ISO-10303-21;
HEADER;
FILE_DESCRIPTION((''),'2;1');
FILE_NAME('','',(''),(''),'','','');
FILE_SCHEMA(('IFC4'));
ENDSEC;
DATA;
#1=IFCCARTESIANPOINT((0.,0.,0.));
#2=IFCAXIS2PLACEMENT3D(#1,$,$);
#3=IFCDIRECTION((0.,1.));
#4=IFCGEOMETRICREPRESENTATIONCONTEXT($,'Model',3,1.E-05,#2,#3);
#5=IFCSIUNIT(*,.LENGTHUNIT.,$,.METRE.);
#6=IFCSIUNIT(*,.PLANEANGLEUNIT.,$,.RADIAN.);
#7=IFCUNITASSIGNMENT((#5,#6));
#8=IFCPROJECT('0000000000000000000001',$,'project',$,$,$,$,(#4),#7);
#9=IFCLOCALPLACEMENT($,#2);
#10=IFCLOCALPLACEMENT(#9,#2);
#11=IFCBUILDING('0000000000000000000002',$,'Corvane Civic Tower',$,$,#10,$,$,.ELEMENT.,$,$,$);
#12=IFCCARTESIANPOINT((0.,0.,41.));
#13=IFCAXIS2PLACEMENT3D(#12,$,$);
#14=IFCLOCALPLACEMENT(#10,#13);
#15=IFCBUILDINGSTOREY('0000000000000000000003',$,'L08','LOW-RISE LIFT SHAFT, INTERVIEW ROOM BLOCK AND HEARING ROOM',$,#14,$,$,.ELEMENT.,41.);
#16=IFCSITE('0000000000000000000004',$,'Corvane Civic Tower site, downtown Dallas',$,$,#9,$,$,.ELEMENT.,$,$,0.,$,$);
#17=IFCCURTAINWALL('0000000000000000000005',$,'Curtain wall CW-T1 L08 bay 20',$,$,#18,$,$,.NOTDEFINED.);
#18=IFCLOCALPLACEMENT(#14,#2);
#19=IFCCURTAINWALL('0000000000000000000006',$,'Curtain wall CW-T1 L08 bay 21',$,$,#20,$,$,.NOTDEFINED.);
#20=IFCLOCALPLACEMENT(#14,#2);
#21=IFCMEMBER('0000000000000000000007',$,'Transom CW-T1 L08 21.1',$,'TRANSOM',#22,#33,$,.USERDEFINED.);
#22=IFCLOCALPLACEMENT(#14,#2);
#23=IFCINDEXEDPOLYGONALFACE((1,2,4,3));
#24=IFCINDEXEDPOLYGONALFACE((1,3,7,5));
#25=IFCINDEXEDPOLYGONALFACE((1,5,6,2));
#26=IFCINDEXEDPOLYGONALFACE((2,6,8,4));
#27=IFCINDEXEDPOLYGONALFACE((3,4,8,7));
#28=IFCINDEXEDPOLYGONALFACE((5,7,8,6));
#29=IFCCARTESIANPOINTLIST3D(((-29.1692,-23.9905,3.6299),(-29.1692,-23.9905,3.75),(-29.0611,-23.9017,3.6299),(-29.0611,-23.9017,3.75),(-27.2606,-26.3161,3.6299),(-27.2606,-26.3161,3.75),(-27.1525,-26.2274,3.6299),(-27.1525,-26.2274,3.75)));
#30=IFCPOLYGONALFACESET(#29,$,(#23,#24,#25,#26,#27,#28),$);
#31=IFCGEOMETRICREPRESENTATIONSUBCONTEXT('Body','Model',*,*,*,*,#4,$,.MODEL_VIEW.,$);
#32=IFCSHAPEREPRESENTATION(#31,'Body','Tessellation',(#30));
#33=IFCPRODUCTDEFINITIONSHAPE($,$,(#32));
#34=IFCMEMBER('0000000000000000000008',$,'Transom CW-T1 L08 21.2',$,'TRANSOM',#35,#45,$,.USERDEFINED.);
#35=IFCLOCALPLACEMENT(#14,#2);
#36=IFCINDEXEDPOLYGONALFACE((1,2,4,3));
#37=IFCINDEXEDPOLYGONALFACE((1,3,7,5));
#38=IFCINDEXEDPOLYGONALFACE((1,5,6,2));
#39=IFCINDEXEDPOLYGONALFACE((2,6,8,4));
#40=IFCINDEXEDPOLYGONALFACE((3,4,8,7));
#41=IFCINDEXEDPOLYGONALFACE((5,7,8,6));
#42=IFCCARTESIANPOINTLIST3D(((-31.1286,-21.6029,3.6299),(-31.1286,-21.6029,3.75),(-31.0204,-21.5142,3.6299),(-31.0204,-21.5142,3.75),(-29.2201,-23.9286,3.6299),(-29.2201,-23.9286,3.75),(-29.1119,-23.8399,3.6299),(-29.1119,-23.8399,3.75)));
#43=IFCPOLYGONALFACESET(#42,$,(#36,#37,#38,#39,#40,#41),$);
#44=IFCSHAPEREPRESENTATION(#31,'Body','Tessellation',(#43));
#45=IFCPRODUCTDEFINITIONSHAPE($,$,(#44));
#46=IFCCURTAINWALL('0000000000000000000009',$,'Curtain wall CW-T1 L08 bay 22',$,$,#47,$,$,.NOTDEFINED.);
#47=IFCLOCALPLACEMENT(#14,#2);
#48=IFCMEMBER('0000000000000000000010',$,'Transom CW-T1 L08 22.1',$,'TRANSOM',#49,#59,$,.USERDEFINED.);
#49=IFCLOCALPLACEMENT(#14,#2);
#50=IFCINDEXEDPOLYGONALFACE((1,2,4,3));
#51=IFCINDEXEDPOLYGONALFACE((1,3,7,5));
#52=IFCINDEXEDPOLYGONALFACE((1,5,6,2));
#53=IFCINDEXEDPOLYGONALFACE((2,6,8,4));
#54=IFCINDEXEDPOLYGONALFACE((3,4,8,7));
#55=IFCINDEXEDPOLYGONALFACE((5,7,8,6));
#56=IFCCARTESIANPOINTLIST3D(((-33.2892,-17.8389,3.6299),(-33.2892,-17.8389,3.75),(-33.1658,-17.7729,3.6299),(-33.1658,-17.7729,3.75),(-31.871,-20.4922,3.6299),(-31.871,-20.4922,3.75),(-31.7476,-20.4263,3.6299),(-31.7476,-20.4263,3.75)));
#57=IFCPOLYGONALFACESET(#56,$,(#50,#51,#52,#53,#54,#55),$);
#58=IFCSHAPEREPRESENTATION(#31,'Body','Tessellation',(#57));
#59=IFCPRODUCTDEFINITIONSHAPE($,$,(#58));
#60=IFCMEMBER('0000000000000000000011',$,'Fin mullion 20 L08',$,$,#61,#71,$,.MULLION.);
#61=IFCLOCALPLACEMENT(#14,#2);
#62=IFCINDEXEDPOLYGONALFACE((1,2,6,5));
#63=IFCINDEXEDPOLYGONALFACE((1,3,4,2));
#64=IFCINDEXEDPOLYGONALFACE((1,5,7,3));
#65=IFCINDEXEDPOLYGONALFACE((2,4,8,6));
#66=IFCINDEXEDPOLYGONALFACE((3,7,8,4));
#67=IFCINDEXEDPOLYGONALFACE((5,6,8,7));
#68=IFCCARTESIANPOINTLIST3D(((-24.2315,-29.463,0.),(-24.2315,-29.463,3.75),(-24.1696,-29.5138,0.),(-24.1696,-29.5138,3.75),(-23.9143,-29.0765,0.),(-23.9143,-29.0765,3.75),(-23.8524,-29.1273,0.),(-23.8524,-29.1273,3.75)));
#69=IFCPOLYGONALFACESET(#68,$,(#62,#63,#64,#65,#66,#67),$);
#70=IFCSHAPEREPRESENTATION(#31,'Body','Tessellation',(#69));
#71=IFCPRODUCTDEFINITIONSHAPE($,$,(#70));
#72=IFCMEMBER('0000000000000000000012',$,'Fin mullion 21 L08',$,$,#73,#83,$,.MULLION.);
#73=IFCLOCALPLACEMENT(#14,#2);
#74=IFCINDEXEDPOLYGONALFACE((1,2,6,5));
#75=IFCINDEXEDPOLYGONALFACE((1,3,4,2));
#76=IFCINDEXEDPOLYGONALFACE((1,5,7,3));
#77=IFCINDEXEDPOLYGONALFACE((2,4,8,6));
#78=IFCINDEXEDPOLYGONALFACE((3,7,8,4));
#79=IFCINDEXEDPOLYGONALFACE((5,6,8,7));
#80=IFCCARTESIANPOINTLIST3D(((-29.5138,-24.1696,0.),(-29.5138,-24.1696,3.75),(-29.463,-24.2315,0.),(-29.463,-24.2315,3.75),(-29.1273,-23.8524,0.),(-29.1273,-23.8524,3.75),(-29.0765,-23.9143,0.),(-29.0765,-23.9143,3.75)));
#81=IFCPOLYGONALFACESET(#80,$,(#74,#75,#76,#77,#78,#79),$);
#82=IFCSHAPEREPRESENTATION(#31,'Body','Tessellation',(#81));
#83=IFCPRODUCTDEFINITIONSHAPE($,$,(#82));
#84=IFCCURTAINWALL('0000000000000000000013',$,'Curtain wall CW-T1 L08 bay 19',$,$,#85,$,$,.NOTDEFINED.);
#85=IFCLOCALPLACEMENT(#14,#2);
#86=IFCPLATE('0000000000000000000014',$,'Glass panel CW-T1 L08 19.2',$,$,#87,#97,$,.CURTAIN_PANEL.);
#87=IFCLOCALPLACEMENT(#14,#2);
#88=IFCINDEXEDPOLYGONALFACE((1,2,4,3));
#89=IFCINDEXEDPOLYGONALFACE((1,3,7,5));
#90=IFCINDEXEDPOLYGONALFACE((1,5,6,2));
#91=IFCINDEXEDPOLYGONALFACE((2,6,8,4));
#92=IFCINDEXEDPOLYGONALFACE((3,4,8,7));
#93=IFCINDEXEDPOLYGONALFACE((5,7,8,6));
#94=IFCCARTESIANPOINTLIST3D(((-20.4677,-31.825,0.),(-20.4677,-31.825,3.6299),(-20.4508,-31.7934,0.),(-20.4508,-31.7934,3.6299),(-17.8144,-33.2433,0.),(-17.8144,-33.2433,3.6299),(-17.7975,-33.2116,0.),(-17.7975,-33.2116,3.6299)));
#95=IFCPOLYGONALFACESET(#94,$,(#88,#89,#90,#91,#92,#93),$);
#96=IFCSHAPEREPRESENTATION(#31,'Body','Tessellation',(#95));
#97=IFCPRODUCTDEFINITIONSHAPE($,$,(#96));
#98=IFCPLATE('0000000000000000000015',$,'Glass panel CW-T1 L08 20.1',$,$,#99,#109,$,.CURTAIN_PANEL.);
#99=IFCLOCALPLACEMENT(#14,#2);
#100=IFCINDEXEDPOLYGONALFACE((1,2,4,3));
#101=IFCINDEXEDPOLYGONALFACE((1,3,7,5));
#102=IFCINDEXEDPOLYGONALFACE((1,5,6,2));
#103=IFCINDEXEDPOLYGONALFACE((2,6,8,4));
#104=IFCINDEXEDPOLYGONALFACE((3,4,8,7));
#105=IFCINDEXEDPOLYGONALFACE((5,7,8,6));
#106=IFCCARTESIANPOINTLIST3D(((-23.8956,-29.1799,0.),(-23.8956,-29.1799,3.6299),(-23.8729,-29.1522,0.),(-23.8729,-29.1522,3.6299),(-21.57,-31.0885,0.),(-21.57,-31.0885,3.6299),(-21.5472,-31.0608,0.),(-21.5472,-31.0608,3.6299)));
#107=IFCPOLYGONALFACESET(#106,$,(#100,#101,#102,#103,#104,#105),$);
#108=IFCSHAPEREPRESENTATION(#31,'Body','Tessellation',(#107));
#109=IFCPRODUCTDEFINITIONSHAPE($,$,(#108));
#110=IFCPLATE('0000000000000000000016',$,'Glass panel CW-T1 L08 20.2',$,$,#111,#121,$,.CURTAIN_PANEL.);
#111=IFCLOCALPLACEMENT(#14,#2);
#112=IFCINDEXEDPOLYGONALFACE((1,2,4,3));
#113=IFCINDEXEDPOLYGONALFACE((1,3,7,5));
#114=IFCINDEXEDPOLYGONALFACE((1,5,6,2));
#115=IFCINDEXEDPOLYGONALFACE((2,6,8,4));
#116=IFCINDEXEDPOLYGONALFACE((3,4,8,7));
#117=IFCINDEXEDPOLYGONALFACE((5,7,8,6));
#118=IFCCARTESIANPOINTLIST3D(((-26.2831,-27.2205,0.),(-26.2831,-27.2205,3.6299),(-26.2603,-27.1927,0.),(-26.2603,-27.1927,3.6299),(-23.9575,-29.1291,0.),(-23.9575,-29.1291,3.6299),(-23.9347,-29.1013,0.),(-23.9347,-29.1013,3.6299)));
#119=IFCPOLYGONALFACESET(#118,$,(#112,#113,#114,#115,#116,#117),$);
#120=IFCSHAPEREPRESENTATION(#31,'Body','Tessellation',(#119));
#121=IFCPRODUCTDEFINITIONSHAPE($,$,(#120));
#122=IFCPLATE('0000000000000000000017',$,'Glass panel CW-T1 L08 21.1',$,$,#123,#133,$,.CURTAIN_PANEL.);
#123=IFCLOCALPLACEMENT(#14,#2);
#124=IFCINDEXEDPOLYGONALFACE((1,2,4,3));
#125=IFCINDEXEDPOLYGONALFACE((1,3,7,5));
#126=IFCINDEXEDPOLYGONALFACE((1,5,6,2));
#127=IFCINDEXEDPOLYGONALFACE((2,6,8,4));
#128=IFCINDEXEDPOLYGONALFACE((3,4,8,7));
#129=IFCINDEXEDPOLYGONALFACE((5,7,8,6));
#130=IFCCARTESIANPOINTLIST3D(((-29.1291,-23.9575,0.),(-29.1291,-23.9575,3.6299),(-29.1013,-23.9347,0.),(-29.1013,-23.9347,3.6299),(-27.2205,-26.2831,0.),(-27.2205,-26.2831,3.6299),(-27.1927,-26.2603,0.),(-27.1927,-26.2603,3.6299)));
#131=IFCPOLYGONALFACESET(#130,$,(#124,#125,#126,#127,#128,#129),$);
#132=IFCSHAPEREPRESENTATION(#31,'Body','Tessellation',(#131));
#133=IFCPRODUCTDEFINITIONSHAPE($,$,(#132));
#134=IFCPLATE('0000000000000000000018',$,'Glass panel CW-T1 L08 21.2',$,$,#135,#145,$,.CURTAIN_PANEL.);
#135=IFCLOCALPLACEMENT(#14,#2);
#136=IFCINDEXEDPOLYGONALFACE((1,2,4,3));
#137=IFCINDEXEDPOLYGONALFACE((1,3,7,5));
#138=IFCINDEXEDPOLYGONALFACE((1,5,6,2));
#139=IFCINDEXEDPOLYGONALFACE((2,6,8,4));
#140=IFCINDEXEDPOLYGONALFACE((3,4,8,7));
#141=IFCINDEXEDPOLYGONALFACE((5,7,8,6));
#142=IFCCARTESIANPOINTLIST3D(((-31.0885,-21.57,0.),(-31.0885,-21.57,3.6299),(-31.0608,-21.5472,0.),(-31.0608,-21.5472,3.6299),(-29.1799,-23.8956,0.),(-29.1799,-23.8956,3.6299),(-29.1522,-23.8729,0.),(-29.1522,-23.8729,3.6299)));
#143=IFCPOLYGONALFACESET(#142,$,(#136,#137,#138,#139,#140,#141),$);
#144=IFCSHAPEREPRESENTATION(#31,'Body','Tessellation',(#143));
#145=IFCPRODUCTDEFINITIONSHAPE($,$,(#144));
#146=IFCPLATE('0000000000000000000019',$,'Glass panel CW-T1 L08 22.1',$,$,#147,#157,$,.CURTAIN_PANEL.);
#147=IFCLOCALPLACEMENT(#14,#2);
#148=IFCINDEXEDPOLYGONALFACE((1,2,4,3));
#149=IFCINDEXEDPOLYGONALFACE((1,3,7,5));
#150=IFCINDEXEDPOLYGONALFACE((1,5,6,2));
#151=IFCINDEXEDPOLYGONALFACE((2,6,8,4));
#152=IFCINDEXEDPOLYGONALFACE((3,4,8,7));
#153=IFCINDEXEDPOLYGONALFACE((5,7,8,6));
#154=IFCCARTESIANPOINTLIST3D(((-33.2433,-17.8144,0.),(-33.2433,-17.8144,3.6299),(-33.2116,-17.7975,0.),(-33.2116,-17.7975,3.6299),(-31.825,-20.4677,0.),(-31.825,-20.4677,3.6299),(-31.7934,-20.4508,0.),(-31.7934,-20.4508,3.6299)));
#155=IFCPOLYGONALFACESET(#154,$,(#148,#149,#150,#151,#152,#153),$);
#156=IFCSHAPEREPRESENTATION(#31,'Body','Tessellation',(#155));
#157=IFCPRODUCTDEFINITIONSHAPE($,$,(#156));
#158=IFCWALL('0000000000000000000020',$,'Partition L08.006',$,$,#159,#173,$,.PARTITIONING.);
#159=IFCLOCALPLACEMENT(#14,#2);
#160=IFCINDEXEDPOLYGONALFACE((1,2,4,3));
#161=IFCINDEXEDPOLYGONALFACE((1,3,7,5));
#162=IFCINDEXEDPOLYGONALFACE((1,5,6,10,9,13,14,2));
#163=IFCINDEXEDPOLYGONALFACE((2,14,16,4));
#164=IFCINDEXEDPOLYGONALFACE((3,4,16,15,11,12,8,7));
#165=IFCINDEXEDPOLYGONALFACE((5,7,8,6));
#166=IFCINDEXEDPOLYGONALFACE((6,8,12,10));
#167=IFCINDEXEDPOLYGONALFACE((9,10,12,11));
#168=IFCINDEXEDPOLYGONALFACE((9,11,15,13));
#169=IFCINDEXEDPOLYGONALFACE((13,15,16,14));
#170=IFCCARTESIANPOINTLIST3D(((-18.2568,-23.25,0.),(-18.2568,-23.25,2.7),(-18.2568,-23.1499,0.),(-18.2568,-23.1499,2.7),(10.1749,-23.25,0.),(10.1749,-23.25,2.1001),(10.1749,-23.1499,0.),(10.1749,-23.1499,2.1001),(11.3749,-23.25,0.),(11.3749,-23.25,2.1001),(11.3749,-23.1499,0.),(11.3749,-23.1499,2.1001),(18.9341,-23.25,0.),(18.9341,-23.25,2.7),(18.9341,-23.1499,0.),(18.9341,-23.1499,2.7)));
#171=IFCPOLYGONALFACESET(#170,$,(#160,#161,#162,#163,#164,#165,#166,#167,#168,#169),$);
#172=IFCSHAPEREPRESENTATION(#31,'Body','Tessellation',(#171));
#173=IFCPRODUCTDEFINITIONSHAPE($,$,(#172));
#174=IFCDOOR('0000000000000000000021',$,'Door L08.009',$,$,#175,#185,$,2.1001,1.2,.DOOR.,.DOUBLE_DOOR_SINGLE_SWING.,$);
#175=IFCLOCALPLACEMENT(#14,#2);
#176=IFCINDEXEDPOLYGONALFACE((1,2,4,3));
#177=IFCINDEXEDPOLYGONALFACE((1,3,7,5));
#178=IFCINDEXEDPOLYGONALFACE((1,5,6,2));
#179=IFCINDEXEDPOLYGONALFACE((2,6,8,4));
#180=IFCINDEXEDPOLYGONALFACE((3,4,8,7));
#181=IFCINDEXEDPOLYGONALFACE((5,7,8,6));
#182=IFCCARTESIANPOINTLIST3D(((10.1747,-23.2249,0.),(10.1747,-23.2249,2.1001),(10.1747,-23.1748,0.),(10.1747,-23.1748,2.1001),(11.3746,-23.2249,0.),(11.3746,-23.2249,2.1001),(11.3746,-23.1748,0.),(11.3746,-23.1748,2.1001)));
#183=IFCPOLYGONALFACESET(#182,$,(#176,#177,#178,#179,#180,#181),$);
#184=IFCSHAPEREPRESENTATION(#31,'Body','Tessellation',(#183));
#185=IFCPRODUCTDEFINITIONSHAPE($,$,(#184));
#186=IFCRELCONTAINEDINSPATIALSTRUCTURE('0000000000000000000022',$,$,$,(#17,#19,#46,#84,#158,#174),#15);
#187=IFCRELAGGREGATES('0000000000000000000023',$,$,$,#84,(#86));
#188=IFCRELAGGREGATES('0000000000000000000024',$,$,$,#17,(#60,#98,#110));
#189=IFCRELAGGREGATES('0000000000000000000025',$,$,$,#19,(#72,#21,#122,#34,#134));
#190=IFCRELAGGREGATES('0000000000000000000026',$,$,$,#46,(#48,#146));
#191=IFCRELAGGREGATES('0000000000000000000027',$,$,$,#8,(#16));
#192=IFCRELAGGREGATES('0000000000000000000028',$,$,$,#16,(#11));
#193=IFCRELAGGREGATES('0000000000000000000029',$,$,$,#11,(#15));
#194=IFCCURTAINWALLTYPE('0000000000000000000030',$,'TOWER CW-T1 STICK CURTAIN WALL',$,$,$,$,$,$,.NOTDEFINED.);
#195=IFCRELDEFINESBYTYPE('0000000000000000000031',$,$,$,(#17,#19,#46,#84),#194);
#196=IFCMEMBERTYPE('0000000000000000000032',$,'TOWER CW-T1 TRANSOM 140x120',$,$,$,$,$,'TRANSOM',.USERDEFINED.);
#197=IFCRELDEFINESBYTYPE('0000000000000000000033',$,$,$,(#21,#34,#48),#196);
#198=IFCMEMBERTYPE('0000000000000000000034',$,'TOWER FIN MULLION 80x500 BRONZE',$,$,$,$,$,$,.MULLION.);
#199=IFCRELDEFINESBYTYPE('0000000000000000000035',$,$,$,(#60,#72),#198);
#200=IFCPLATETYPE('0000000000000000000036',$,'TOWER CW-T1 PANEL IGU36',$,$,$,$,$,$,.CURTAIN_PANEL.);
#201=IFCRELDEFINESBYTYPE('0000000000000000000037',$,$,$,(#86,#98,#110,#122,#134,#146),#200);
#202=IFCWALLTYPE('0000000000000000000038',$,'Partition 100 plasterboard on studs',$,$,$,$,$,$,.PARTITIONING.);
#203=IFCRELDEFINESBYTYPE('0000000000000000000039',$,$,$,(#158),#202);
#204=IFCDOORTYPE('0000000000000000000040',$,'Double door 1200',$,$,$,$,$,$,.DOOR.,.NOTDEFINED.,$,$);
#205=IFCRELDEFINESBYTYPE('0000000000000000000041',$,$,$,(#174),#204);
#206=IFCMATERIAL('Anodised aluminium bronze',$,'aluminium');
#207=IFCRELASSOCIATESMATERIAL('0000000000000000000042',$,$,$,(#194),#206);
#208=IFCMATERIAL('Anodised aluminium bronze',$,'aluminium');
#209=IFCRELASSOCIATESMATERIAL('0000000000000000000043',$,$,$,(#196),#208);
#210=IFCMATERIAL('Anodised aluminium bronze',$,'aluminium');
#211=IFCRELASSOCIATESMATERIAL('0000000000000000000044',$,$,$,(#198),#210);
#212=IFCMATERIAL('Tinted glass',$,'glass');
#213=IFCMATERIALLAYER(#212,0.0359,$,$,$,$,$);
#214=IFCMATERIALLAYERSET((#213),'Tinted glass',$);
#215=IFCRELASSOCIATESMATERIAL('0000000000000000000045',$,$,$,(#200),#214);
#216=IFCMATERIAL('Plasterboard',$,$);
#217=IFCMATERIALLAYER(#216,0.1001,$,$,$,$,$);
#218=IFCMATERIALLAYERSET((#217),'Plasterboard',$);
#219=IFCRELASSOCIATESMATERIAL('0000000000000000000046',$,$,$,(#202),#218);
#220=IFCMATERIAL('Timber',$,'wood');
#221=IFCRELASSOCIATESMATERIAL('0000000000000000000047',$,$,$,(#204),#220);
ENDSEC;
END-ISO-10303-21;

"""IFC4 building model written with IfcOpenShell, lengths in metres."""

from ifc_helpers import new_model, si_unit, direction, frame, frame_2d, origin, origin_2d, place, context, subcontext, project, spatial, rectangle, extrude, material, layer, layer_set, material_profile, profile_set, type_object, element, fill, aggregate, save


model = new_model("IFC4")

# Units and contexts
model_context = context("Model", 3, precision=1e-05, world=origin(), true_north=direction((0.0, 1.0)))
body_context = subcontext(model_context, "Body", "Model", "MODEL_VIEW")
ifc_project = project(units=[si_unit("LENGTHUNIT", "METRE"), si_unit("PLANEANGLEUNIT", "RADIAN")], contexts=[model_context])

# Site, building, storey
site_placement = place(None, origin())
site = spatial("IfcSite", under=ifc_project, at=site_placement, Name="Corvane Civic Tower site, downtown Dallas", CompositionType="ELEMENT", RefElevation=0.0)
building_placement = place(site_placement, origin())
building = spatial("IfcBuilding", under=site, at=building_placement, Name="Corvane Civic Tower", CompositionType="ELEMENT")
storey_placement = place(building_placement, frame((0.0, 0.0, 41.0)))
storey = spatial("IfcBuildingStorey", under=building, at=storey_placement, Name="L08", Description="LOW-RISE LIFT SHAFT, INTERVIEW ROOM BLOCK AND HEARING ROOM", CompositionType="ELEMENT", Elevation=41.0)

# Curtain walls, members
ifc_material_1 = material(Name="Anodised aluminium bronze", Category="aluminium")
curtain_wall_type = type_object("IfcCurtainWallType", Name="TOWER CW-T1 STICK CURTAIN WALL", PredefinedType="NOTDEFINED", material=ifc_material_1)
curtain_wall_1_placement = place(storey_placement, origin())
curtain_wall_1 = element("IfcCurtainWall", 1, at=curtain_wall_1_placement, inside=storey, type_object=curtain_wall_type, Name="Curtain wall CW-T1 L08 bay 20", PredefinedType="NOTDEFINED")
ifc_material_2 = material(Name="Anodised aluminium bronze", Category="aluminium")
ifc_material_profile_1 = material_profile(ifc_material_2, rectangle(XDim=0.1399, YDim=0.1201, at=origin_2d()), Name="TOWER CW-T1 TRANSOM 140x120")
ifc_profile_set_1 = profile_set([ifc_material_profile_1], Name="Anodised aluminium bronze")
member_type_1 = type_object("IfcMemberType", Name="TOWER CW-T1 TRANSOM 140x120", ElementType="TRANSOM", PredefinedType="USERDEFINED", material=ifc_profile_set_1)
curtain_wall_2_placement = place(storey_placement, origin())
curtain_wall_2 = element("IfcCurtainWall", 2, at=curtain_wall_2_placement, inside=storey, type_object=curtain_wall_type, Name="Curtain wall CW-T1 L08 bay 21", PredefinedType="NOTDEFINED")
member_1_placement = place(storey_placement, frame((-27.2065, -26.2717, 3.6899), z_axis=(-0.634404, 0.773002, 0.0), x_axis=(-0.773002, -0.634404, 0.0)))
member_1 = element("IfcMember", 3, at=member_1_placement, type_object=member_type_1, Name="Transom CW-T1 L08 21.1", ObjectType="TRANSOM", PredefinedType="USERDEFINED", context=body_context, shape_type="SweptSolid", body=[
    extrude(rectangle(XDim=0.1399, YDim=0.1201, at=origin_2d()), origin(), (0.0, 0.0, 1.0), 3.0085),
])
member_2_placement = place(storey_placement, frame((-29.166, -23.8843, 3.6899), z_axis=(-0.634355, 0.773042, 0.0), x_axis=(-0.773042, -0.634355, 0.0)))
member_2 = element("IfcMember", 4, at=member_2_placement, type_object=member_type_1, Name="Transom CW-T1 L08 21.2", ObjectType="TRANSOM", PredefinedType="USERDEFINED", context=body_context, shape_type="SweptSolid", body=[
    extrude(rectangle(XDim=0.1399, YDim=0.1201, at=origin_2d()), origin(), (0.0, 0.0, 1.0), 3.0085),
])

# Curtain wall, member
curtain_wall_3_placement = place(storey_placement, origin())
curtain_wall_3 = element("IfcCurtainWall", 5, at=curtain_wall_3_placement, inside=storey, type_object=curtain_wall_type, Name="Curtain wall CW-T1 L08 bay 22", PredefinedType="NOTDEFINED")
member_3_placement = place(storey_placement, frame((-31.8093, -20.4592, 3.6899), z_axis=(-0.471393, 0.881924, 0.0), x_axis=(-0.881924, -0.471393, 0.0)))
member_3 = element("IfcMember", 6, at=member_3_placement, type_object=member_type_1, Name="Transom CW-T1 L08 22.1", ObjectType="TRANSOM", PredefinedType="USERDEFINED", context=body_context, shape_type="SweptSolid", body=[
    extrude(rectangle(XDim=0.1399, YDim=0.1201, at=origin_2d()), origin(), (0.0, 0.0, 1.0), 3.0085),
])

# Members
ifc_material_3 = material(Name="Anodised aluminium bronze", Category="aluminium")
ifc_material_profile_2 = material_profile(ifc_material_3, rectangle(XDim=0.0801, YDim=0.5, at=origin_2d()), Name="TOWER FIN MULLION 80x500 BRONZE")
ifc_profile_set_2 = profile_set([ifc_material_profile_2], Name="Anodised aluminium bronze")
member_type_2 = type_object("IfcMemberType", Name="TOWER FIN MULLION 80x500 BRONZE", PredefinedType="MULLION", material=ifc_profile_set_2)
member_4_placement = place(storey_placement, frame((-24.042, -29.2952, 0.0), z_axis=(0.0, 0.0, 1.0), x_axis=(-0.773007, 0.634397, 0.0)))
member_4 = element("IfcMember", 7, at=member_4_placement, type_object=member_type_2, Name="Fin mullion 20 L08", PredefinedType="MULLION", context=body_context, shape_type="SweptSolid", body=[
    extrude(rectangle(XDim=0.0801, YDim=0.5, at=origin_2d()), origin(), (0.0, 0.0, 1.0), 3.75),
])
member_5_placement = place(storey_placement, frame((-29.2952, -24.042, 0.0), z_axis=(0.0, 0.0, 1.0), x_axis=(-0.634397, 0.773007, 0.0)))
member_5 = element("IfcMember", 8, at=member_5_placement, type_object=member_type_2, Name="Fin mullion 21 L08", PredefinedType="MULLION", context=body_context, shape_type="SweptSolid", body=[
    extrude(rectangle(XDim=0.0801, YDim=0.5, at=origin_2d()), origin(), (0.0, 0.0, 1.0), 3.75),
])

# Curtain wall, plate
curtain_wall_4_placement = place(storey_placement, origin())
curtain_wall_4 = element("IfcCurtainWall", 9, at=curtain_wall_4_placement, inside=storey, type_object=curtain_wall_type, Name="Curtain wall CW-T1 L08 bay 19", PredefinedType="NOTDEFINED")
ifc_material_4 = material(Name="Tinted glass", Category="glass")
ifc_layer_1 = layer(ifc_material_4, 0.0359)
ifc_layer_set_1 = layer_set([ifc_layer_1], Name="Tinted glass")
plate_type = type_object("IfcPlateType", Name="TOWER CW-T1 PANEL IGU36", PredefinedType="CURTAIN_PANEL", material=ifc_layer_set_1)
plate_1_placement = place(storey_placement, frame((-19.1326, -32.5183, 0.0), z_axis=(0.0, 0.0, 1.0), x_axis=(-0.881918, 0.471404, 0.0)))
plate_1 = element("IfcPlate", 10, at=plate_1_placement, type_object=plate_type, Name="Glass panel CW-T1 L08 19.2", PredefinedType="CURTAIN_PANEL", context=body_context, shape_type="SweptSolid", body=[
    extrude(rectangle(XDim=3.0085, YDim=0.0359, at=origin_2d()), origin(), (0.0, 0.0, 1.0), 3.6299),
])
aggregate(curtain_wall_4, [plate_1])

# Plates
plate_2_placement = place(storey_placement, frame((-22.7214, -30.1204, 0.0), z_axis=(0.0, 0.0, 1.0), x_axis=(-0.773007, 0.634397, 0.0)))
plate_2 = element("IfcPlate", 11, at=plate_2_placement, type_object=plate_type, Name="Glass panel CW-T1 L08 20.1", PredefinedType="CURTAIN_PANEL", context=body_context, shape_type="SweptSolid", body=[
    extrude(rectangle(XDim=3.0085, YDim=0.0359, at=origin_2d()), origin(), (0.0, 0.0, 1.0), 3.6299),
])
plate_3_placement = place(storey_placement, frame((-25.1089, -28.1609, 0.0), z_axis=(0.0, 0.0, 1.0), x_axis=(-0.773007, 0.634397, 0.0)))
plate_3 = element("IfcPlate", 12, at=plate_3_placement, type_object=plate_type, Name="Glass panel CW-T1 L08 20.2", PredefinedType="CURTAIN_PANEL", context=body_context, shape_type="SweptSolid", body=[
    extrude(rectangle(XDim=3.0085, YDim=0.0359, at=origin_2d()), origin(), (0.0, 0.0, 1.0), 3.6299),
])
aggregate(curtain_wall_1, [member_4, plate_2, plate_3])
plate_4_placement = place(storey_placement, frame((-28.1609, -25.1089, 0.0), z_axis=(0.0, 0.0, 1.0), x_axis=(-0.634397, 0.773007, 0.0)))
plate_4 = element("IfcPlate", 13, at=plate_4_placement, type_object=plate_type, Name="Glass panel CW-T1 L08 21.1", PredefinedType="CURTAIN_PANEL", context=body_context, shape_type="SweptSolid", body=[
    extrude(rectangle(XDim=3.0085, YDim=0.0359, at=origin_2d()), origin(), (0.0, 0.0, 1.0), 3.6299),
])
plate_5_placement = place(storey_placement, frame((-30.1204, -22.7214, 0.0), z_axis=(0.0, 0.0, 1.0), x_axis=(-0.634397, 0.773007, 0.0)))
plate_5 = element("IfcPlate", 14, at=plate_5_placement, type_object=plate_type, Name="Glass panel CW-T1 L08 21.2", PredefinedType="CURTAIN_PANEL", context=body_context, shape_type="SweptSolid", body=[
    extrude(rectangle(XDim=3.0085, YDim=0.0359, at=origin_2d()), origin(), (0.0, 0.0, 1.0), 3.6299),
])
aggregate(curtain_wall_2, [member_5, member_1, plate_4, member_2, plate_5])
plate_6_placement = place(storey_placement, frame((-32.5183, -19.1326, 0.0), z_axis=(0.0, 0.0, 1.0), x_axis=(-0.471404, 0.881918, 0.0)))
plate_6 = element("IfcPlate", 15, at=plate_6_placement, type_object=plate_type, Name="Glass panel CW-T1 L08 22.1", PredefinedType="CURTAIN_PANEL", context=body_context, shape_type="SweptSolid", body=[
    extrude(rectangle(XDim=3.0085, YDim=0.0359, at=origin_2d()), origin(), (0.0, 0.0, 1.0), 3.6299),
])
aggregate(curtain_wall_3, [member_3, plate_6])

# Wall, opening, door
ifc_material_5 = material(Name="Plasterboard")
ifc_layer_2 = layer(ifc_material_5, 0.1001)
ifc_layer_set_2 = layer_set([ifc_layer_2], Name="Plasterboard")
wall_type = type_object("IfcWallType", Name="Partition 100 plasterboard on studs", PredefinedType="PARTITIONING", material=ifc_layer_set_2)
wall_1_placement = place(storey_placement, frame((-18.2568, -23.2, 0.0), z_axis=(0.0, 0.0, 1.0), x_axis=(1.0, 0.0, 0.0)))
wall_1 = element("IfcWall", 16, at=wall_1_placement, inside=storey, type_object=wall_type, Name="Partition L08.006", PredefinedType="PARTITIONING", context=body_context, shape_type="SweptSolid", body=[
    extrude(rectangle(XDim=37.1909, YDim=0.1001, at=frame_2d((18.5955, 0.0))), origin(), (0.0, 0.0, 1.0), 2.7),
])
opening_1_placement = place(wall_1_placement, frame((28.4316, 0.0, 0.0)))
opening_1 = element("IfcOpeningElement", 17, at=opening_1_placement, cuts=wall_1, PredefinedType="OPENING", context=body_context, shape_type="SweptSolid", body=[
    extrude(rectangle(XDim=1.2, YDim=2.1001, at=frame_2d((0.6001, 1.05))), frame((0.0, 0.0601, 0.0), z_axis=(0.0, -1.0, 0.0), x_axis=(1.0, 0.0, 0.0)), (0.0, 0.0, 1.0), 0.1201),
])
ifc_material_6 = material(Name="Timber", Category="wood")
door_type = type_object("IfcDoorType", Name="Double door 1200", OperationType="NOTDEFINED", PredefinedType="DOOR", material=ifc_material_6)
door_1_placement = place(opening_1_placement, frame((1.2, 0.0, 0.0), z_axis=(0.0, 0.0, 1.0), x_axis=(-1.0, 0.0, 0.0)))
door_1 = element("IfcDoor", 18, at=door_1_placement, inside=storey, type_object=door_type, Name="Door L08.009", OperationType="DOUBLE_DOOR_SINGLE_SWING", OverallHeight=2.1001, OverallWidth=1.2, PredefinedType="DOOR", context=body_context, shape_type="SweptSolid", body=[
    extrude(rectangle(XDim=1.2, YDim=2.1001, at=frame_2d((0.6001, 1.05))), frame((0.0, 0.0249, 0.0), z_axis=(0.0, -1.0, 0.0), x_axis=(1.0, 0.0, 0.0)), (0.0, 0.0, 1.0), 0.05),
])
fill(opening_1, door_1)

save(model, "model.ifc")
